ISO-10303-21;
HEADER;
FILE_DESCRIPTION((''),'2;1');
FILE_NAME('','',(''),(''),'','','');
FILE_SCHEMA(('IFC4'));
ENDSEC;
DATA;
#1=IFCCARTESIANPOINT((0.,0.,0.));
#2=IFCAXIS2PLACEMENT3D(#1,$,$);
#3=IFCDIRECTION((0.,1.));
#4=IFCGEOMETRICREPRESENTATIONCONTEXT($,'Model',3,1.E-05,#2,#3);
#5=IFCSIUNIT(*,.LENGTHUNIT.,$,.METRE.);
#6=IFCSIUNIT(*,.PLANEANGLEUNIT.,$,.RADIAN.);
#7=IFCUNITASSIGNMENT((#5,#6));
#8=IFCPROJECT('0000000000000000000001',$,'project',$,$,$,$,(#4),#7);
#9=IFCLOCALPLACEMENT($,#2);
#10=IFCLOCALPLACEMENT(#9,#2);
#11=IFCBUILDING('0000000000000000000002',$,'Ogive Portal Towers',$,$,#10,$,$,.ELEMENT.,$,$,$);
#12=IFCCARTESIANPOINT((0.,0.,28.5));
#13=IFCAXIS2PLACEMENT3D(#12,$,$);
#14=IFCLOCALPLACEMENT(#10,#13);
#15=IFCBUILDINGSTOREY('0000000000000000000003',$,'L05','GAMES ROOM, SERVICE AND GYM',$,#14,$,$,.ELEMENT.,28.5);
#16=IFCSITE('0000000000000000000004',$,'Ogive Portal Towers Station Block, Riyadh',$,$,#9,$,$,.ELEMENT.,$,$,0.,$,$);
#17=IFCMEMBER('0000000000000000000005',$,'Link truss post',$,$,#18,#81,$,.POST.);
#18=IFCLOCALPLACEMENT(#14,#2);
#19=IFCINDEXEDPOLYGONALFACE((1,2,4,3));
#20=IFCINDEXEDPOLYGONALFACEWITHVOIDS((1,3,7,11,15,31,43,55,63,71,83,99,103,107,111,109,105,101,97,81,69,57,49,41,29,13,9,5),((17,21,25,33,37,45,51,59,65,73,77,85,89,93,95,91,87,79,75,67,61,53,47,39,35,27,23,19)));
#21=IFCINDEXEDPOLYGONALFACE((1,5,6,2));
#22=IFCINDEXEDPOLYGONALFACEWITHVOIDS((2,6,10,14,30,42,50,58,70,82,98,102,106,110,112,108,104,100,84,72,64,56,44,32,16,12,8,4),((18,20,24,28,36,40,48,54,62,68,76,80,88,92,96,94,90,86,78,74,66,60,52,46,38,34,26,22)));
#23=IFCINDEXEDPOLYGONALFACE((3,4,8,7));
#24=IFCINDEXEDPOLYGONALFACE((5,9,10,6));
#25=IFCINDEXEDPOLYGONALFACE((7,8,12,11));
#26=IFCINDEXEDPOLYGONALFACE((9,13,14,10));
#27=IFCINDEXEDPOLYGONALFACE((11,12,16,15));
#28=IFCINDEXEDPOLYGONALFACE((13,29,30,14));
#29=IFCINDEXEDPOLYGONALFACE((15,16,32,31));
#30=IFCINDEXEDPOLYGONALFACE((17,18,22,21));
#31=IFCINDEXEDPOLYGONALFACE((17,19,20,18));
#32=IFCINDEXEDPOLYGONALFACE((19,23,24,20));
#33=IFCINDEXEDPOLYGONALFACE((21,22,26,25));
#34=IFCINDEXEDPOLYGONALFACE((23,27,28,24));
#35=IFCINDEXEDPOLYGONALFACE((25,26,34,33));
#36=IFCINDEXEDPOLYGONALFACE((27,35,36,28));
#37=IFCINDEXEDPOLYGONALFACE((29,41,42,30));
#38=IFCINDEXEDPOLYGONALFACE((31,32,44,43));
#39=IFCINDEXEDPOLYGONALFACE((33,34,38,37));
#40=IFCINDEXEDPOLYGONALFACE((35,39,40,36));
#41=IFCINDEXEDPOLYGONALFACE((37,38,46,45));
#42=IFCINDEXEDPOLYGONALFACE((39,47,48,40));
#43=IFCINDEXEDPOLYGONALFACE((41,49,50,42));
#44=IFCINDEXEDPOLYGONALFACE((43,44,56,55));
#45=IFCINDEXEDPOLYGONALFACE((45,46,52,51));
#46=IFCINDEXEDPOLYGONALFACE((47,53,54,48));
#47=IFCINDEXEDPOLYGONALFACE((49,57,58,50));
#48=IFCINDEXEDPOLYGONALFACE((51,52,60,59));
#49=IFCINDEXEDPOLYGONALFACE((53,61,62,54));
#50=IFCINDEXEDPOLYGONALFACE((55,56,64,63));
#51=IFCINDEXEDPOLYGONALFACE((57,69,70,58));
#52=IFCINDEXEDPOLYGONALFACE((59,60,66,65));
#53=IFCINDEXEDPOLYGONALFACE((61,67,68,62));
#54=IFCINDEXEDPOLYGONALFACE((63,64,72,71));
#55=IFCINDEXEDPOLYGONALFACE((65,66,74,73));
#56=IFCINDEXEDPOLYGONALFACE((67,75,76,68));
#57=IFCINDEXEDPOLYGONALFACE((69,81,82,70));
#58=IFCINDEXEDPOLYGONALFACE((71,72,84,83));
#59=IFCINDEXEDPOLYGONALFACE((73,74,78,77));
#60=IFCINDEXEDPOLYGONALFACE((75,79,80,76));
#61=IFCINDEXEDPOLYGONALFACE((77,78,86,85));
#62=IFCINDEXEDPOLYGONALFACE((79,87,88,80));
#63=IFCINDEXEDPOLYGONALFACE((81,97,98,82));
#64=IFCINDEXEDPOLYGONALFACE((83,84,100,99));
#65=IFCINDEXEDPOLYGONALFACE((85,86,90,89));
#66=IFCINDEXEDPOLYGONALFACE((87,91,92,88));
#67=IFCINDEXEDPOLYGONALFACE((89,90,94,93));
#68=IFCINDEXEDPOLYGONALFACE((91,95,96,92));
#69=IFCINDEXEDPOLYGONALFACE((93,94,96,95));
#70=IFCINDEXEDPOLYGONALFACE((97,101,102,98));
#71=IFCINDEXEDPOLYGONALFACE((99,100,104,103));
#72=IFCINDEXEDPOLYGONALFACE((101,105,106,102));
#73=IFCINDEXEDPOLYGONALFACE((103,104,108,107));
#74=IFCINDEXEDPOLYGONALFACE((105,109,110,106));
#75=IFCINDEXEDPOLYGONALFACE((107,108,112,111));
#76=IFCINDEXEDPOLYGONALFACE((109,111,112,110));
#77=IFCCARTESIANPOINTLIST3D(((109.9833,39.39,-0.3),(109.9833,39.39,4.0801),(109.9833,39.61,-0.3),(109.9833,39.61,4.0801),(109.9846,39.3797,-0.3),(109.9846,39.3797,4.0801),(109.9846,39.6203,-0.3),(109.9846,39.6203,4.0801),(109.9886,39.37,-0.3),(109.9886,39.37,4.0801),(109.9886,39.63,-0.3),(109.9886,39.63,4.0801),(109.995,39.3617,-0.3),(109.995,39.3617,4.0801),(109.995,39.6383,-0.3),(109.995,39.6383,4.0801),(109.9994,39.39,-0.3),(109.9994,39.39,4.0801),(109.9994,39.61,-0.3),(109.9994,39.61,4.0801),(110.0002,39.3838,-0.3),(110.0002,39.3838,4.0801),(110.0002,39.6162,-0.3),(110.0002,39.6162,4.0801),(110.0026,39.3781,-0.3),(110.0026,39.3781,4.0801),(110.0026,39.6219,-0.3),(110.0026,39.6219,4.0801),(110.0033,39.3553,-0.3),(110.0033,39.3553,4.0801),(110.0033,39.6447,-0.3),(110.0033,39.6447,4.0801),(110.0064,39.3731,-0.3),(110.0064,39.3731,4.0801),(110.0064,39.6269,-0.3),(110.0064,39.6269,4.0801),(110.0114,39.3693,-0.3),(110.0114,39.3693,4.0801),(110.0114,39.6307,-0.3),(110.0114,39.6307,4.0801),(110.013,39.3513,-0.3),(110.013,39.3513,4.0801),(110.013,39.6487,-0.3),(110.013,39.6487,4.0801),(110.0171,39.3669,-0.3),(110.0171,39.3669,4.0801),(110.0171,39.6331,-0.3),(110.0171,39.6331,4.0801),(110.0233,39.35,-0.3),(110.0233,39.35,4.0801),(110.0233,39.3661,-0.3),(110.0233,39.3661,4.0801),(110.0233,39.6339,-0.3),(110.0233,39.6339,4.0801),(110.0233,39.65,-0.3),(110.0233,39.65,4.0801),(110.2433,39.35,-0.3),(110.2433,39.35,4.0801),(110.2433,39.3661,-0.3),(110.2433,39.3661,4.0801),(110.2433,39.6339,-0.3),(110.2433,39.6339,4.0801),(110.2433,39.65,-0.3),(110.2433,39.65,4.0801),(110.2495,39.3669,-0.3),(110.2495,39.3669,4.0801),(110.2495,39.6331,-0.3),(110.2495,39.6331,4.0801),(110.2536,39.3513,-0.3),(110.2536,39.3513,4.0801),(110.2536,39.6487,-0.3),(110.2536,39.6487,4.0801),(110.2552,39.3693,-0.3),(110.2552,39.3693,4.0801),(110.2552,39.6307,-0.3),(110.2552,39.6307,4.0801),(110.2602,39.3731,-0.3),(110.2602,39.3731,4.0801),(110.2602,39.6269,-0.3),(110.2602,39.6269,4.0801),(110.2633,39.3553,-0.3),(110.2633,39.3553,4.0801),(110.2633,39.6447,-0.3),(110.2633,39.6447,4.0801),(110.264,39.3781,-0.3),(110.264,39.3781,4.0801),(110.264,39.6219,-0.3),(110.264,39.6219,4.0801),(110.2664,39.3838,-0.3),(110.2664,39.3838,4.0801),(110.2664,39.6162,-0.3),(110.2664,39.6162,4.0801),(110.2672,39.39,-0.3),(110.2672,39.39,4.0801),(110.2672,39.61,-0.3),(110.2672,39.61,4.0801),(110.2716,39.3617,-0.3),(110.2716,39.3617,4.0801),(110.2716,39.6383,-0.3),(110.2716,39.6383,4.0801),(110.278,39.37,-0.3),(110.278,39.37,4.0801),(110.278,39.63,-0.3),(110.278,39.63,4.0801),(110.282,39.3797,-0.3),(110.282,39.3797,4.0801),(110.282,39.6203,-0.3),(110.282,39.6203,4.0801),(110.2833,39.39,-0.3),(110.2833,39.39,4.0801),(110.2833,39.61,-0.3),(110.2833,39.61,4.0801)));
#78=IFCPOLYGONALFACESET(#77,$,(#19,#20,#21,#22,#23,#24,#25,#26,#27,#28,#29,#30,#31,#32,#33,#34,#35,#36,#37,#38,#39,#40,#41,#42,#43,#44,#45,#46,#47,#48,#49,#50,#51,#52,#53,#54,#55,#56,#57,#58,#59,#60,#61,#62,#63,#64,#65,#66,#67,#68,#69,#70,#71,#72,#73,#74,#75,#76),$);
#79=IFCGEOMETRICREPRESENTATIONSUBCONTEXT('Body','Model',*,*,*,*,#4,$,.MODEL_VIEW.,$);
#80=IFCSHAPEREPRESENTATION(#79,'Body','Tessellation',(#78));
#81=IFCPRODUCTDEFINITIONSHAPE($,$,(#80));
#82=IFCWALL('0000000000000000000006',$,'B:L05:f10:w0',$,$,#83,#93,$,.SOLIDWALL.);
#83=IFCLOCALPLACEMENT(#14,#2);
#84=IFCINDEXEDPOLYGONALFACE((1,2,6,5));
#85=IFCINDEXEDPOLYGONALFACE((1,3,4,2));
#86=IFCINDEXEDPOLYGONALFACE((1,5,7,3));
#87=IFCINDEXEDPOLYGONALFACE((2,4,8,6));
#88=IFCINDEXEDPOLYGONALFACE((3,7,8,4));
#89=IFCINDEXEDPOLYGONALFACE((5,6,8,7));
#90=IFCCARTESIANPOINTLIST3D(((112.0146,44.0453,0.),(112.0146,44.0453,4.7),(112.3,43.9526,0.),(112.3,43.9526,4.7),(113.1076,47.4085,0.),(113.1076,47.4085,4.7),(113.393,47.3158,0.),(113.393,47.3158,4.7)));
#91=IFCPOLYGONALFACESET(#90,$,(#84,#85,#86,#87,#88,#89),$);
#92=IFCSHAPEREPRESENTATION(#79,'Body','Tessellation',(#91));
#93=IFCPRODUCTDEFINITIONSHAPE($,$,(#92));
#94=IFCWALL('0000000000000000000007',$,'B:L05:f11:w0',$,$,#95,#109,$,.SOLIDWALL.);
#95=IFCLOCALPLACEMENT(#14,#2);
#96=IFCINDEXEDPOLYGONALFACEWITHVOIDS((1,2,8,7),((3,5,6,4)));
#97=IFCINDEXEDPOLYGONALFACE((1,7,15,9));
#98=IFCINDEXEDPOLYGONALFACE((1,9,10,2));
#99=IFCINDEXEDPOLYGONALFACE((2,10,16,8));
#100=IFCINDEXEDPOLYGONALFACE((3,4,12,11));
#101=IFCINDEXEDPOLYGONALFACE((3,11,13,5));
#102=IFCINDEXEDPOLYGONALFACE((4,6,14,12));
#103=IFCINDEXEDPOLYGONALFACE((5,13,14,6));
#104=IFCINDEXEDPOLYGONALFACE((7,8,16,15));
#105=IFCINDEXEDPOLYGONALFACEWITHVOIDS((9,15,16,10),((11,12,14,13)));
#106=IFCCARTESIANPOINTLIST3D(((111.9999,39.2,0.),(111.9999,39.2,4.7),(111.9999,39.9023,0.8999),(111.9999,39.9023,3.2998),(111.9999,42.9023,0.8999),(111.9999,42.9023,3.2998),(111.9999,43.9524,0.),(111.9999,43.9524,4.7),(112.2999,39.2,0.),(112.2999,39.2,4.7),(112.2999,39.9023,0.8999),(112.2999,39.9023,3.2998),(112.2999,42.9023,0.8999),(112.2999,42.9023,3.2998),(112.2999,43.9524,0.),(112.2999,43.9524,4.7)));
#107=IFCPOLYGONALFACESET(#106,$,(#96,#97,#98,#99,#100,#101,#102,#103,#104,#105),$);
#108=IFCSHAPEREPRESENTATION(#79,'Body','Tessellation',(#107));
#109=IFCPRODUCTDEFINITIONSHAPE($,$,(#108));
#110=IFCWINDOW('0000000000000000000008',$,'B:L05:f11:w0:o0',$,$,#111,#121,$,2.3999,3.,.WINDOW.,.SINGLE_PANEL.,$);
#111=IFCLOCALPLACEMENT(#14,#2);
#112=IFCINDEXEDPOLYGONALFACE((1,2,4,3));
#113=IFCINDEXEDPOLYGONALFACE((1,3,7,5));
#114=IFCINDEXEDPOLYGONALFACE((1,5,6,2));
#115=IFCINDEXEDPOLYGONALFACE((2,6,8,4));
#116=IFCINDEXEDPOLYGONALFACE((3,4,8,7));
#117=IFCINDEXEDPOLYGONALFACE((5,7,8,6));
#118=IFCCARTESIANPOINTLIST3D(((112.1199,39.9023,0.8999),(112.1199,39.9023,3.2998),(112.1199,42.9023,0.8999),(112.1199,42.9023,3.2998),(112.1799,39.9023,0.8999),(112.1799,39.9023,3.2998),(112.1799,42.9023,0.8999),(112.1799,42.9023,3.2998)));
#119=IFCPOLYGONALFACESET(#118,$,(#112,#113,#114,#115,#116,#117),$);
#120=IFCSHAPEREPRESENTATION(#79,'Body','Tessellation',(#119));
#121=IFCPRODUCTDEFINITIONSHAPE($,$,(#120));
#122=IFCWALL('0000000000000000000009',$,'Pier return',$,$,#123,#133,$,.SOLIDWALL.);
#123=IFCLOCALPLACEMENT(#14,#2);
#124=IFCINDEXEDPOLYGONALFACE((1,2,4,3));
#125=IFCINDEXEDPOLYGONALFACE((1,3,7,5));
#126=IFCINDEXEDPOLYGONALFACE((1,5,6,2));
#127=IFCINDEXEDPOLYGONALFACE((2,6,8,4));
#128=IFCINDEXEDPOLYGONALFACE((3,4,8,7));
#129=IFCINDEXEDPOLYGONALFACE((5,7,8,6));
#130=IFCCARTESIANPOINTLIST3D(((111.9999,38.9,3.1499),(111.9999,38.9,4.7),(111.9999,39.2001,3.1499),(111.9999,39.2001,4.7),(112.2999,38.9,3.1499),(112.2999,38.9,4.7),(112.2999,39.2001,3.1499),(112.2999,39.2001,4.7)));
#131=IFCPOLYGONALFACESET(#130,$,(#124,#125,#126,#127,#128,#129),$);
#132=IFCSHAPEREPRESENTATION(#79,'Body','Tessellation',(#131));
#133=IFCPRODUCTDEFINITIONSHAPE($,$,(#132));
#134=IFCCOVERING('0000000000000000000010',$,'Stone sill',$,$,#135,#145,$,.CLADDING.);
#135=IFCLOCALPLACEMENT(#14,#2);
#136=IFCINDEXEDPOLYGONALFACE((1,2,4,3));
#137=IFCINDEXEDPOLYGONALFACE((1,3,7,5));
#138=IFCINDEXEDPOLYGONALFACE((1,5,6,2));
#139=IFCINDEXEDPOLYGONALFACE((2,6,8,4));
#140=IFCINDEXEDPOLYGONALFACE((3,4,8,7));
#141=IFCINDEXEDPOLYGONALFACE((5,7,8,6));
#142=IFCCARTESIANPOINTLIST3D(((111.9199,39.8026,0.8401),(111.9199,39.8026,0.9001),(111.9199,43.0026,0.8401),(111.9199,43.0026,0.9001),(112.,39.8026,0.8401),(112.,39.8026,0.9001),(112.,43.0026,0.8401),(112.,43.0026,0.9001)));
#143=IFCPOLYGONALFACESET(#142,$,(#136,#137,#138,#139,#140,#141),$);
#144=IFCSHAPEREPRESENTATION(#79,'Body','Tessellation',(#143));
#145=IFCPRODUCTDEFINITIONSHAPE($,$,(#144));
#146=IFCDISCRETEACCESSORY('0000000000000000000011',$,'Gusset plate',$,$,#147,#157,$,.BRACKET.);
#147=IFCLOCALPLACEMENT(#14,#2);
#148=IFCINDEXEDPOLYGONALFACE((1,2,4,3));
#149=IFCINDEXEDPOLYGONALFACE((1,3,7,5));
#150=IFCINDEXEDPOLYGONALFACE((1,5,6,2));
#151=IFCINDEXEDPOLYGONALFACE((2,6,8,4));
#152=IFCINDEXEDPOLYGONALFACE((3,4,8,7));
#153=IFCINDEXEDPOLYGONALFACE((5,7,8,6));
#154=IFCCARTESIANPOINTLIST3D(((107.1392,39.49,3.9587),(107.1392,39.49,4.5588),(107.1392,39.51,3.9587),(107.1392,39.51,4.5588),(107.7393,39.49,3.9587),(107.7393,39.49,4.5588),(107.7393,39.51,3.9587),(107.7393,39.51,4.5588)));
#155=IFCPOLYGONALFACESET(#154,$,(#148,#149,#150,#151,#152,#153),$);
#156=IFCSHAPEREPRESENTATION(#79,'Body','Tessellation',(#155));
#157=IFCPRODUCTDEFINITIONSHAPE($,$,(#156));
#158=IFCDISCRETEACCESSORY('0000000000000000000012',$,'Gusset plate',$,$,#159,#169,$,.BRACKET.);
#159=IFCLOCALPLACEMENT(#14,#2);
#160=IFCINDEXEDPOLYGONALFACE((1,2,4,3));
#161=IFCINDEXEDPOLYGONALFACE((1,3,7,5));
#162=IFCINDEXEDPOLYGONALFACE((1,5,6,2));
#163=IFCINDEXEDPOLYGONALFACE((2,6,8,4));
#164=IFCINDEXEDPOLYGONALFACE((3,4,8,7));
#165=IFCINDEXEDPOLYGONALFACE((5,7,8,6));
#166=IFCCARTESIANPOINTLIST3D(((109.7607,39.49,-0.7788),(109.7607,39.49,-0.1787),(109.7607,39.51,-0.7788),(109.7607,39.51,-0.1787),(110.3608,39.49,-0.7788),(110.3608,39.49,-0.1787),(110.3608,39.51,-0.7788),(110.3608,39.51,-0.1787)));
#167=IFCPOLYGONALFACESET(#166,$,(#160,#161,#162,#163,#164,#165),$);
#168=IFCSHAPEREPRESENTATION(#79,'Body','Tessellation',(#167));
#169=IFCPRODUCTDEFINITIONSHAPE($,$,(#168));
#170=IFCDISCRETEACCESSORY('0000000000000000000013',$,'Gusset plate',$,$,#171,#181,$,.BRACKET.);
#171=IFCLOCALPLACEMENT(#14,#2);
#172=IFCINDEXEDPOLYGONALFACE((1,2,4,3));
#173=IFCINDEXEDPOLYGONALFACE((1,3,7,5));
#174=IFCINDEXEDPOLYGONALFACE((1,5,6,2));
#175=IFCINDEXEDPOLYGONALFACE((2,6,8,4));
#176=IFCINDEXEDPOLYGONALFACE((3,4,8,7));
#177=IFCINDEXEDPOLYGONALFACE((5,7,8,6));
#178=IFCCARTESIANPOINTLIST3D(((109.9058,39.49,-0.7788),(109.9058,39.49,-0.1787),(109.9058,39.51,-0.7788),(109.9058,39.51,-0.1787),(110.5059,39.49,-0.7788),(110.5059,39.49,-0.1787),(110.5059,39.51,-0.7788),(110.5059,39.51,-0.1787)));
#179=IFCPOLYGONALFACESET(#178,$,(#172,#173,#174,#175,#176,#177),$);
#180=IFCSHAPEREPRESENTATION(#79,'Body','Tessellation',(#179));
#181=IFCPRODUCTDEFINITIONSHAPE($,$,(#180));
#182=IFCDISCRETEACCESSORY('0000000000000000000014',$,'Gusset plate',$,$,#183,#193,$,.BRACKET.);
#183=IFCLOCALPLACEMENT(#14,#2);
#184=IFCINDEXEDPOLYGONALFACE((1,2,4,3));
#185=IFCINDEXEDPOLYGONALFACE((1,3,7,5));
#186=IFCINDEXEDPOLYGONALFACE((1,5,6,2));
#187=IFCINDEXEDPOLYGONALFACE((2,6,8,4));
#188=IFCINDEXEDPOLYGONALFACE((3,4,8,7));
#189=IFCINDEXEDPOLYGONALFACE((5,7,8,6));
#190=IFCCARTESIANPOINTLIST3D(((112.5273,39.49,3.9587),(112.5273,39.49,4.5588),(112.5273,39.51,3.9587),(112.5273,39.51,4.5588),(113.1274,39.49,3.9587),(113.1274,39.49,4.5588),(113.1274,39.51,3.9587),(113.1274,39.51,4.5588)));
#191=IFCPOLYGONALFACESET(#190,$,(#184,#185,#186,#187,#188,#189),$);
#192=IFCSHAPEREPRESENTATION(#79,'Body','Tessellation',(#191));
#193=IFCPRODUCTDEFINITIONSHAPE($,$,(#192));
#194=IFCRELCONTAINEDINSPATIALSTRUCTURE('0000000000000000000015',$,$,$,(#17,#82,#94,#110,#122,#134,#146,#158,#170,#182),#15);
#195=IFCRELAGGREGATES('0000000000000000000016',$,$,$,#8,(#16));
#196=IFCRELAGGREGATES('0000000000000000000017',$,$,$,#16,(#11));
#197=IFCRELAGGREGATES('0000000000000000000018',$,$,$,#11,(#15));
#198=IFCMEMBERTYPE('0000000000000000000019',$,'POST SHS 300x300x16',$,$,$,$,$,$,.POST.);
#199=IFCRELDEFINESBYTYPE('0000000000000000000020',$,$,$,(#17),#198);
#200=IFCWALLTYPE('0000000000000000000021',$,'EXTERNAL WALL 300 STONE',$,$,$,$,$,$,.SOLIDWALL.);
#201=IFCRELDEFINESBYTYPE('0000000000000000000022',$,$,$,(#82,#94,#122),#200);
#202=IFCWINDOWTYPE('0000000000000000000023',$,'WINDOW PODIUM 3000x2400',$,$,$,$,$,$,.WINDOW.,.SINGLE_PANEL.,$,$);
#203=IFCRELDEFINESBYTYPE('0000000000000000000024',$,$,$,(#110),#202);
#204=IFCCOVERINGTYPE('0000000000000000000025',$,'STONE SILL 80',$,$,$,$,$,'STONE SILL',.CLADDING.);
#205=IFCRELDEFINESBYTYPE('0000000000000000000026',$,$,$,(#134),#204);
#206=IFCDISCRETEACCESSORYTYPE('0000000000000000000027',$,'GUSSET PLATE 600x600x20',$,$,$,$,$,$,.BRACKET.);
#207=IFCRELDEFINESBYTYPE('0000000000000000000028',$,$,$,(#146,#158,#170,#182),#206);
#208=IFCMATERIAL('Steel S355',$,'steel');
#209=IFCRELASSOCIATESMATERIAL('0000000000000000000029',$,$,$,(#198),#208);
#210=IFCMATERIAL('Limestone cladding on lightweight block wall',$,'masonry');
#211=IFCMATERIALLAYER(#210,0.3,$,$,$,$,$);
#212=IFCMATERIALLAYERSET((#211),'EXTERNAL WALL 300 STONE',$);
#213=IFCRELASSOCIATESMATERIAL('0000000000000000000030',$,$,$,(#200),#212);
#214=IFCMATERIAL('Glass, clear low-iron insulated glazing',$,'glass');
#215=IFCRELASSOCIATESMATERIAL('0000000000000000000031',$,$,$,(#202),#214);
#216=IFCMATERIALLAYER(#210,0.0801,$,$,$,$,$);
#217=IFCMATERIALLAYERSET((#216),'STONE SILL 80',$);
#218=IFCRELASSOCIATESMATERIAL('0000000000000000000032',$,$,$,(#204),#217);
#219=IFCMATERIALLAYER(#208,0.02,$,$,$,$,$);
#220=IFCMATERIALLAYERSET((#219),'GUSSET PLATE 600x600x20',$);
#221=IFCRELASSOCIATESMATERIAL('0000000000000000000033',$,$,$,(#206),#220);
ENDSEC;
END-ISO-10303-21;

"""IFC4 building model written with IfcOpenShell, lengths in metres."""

from ifc_helpers import new_model, si_unit, direction, frame, frame_2d, origin, origin_2d, place, context, subcontext, project, spatial, rectangle, hollow_rectangle, extrude, material, layer, layer_set, material_profile, profile_set, type_object, element, fill, save


model = new_model("IFC4")

# Units and contexts
model_context = context("Model", 3, precision=1e-05, world=origin(), true_north=direction((0.0, 1.0)))
body_context = subcontext(model_context, "Body", "Model", "MODEL_VIEW")
ifc_project = project(units=[si_unit("LENGTHUNIT", "METRE"), si_unit("PLANEANGLEUNIT", "RADIAN")], contexts=[model_context])

# Site, building, storey
site_placement = place(None, origin())
site = spatial("IfcSite", under=ifc_project, at=site_placement, Name="Ogive Portal Towers Station Block, Riyadh", CompositionType="ELEMENT", RefElevation=0.0)
building_placement = place(site_placement, origin())
building = spatial("IfcBuilding", under=site, at=building_placement, Name="Ogive Portal Towers", CompositionType="ELEMENT")
storey_placement = place(building_placement, frame((0.0, 0.0, 28.5)))
storey = spatial("IfcBuildingStorey", under=building, at=storey_placement, Name="L05", Description="GAMES ROOM, SERVICE AND GYM", CompositionType="ELEMENT", Elevation=28.5)

# Shared definitions
ifc_material_1 = material(Name="Steel S355", Category="steel")

# Member
ifc_material_profile_1 = material_profile(ifc_material_1, hollow_rectangle(XDim=0.3, YDim=0.3, WallThickness=0.0161, InnerFilletRadius=0.0239, OuterFilletRadius=0.04, at=origin_2d()), Name="SHS 300x300x16")
ifc_profile_set_1 = profile_set([ifc_material_profile_1], Name="Steel S355")
member_type_1 = type_object("IfcMemberType", Name="POST SHS 300x300x16", PredefinedType="POST", material=ifc_profile_set_1)
for number, where, z_axis, x_axis, name in (
    (1, (110.1333, 39.5, -0.3), (0.0, 0.0, 1.0), (1.0, 0.0, 0.0), "Link truss post"),
):
    element("IfcMember", number, at=place(storey_placement, frame(where, z_axis=z_axis, x_axis=x_axis)), inside=storey, type_object=member_type_1, Name=name, PredefinedType="POST", context=body_context, shape_type="SweptSolid", body=[
        extrude(hollow_rectangle(XDim=0.3, YDim=0.3, WallThickness=0.0161, InnerFilletRadius=0.0239, OuterFilletRadius=0.04, at=origin_2d()), origin(), (0.0, 0.0, 1.0), 4.3801),
    ])

# Wall
ifc_material_2 = material(Name="Limestone cladding on lightweight block wall", Category="masonry")
ifc_layer_1 = layer(ifc_material_2, 0.3)
ifc_layer_set_1 = layer_set([ifc_layer_1], Name="EXTERNAL WALL 300 STONE")
wall_type = type_object("IfcWallType", Name="EXTERNAL WALL 300 STONE", PredefinedType="SOLIDWALL", material=ifc_layer_set_1)
wall_1_placement = place(storey_placement, frame((113.2502, 47.3621, 0.0), z_axis=(0.0, 0.0, 1.0), x_axis=(-0.309074, -0.951038, 0.0)))
element("IfcWall", 2, at=wall_1_placement, inside=storey, type_object=wall_type, Name="B:L05:f10:w0", PredefinedType="SOLIDWALL", context=body_context, shape_type="SweptSolid", body=[
    extrude(rectangle(XDim=3.5364, YDim=0.3, at=frame_2d((1.7681, 0.0))), origin(), (0.0, 0.0, 1.0), 4.7),
])

# Wall, opening, window
wall_2_placement = place(storey_placement, frame((112.1499, 43.9524, 0.0), z_axis=(0.0, 0.0, 1.0), x_axis=(0.0, -1.0, 0.0)))
wall_2 = element("IfcWall", 3, at=wall_2_placement, inside=storey, type_object=wall_type, Name="B:L05:f11:w0", PredefinedType="SOLIDWALL", context=body_context, shape_type="SweptSolid", body=[
    extrude(rectangle(XDim=4.7524, YDim=0.3, at=frame_2d((2.3762, 0.0))), origin(), (0.0, 0.0, 1.0), 4.7),
])
opening_placement = place(wall_2_placement, frame((1.05, 0.0, 0.8999)))
opening = element("IfcOpeningElement", 4, at=opening_placement, cuts=wall_2, PredefinedType="OPENING", context=body_context, shape_type="SweptSolid", body=[
    extrude(rectangle(XDim=3.0, YDim=2.3999, at=frame_2d((1.5, 1.2))), frame((0.0, 0.1602, 0.0), z_axis=(0.0, -1.0, 0.0), x_axis=(1.0, 0.0, 0.0)), (0.0, 0.0, 1.0), 0.3201),
])
ifc_material_3 = material(Name="Glass, clear low-iron insulated glazing", Category="glass")
window_type = type_object("IfcWindowType", Name="WINDOW PODIUM 3000x2400", PartitioningType="SINGLE_PANEL", PredefinedType="WINDOW", material=ifc_material_3)
window_placement = place(opening_placement, origin())
window = element("IfcWindow", 5, at=window_placement, inside=storey, type_object=window_type, Name="B:L05:f11:w0:o0", OverallHeight=2.3999, OverallWidth=3.0, PartitioningType="SINGLE_PANEL", PredefinedType="WINDOW", context=body_context, shape_type="SweptSolid", body=[
    extrude(rectangle(XDim=3.0, YDim=2.3999, at=frame_2d((1.5, 1.2))), frame((0.0, 0.03, 0.0), z_axis=(0.0, -1.0, 0.0), x_axis=(1.0, 0.0, 0.0)), (0.0, 0.0, 1.0), 0.0601),
])
fill(opening, window)

# Wall
wall_3_placement = place(storey_placement, frame((112.1499, 39.2, 3.1499), z_axis=(0.0, 0.0, 1.0), x_axis=(0.0, -1.0, 0.0)))
element("IfcWall", 6, at=wall_3_placement, inside=storey, type_object=wall_type, Name="Pier return", PredefinedType="SOLIDWALL", context=body_context, shape_type="SweptSolid", body=[
    extrude(rectangle(XDim=0.3, YDim=0.3, at=frame_2d((0.1499, 0.0))), origin(), (0.0, 0.0, 1.0), 1.55),
])

# Covering
ifc_layer_2 = layer(ifc_material_2, 0.0801)
ifc_layer_set_2 = layer_set([ifc_layer_2], Name="STONE SILL 80")
covering_type = type_object("IfcCoveringType", Name="STONE SILL 80", ElementType="STONE SILL", PredefinedType="CLADDING", material=ifc_layer_set_2)
covering_placement = place(storey_placement, frame((111.96, 41.4026, 0.8401), z_axis=(0.0, 0.0, 1.0), x_axis=(0.0, -1.0, 0.0)))
element("IfcCovering", 7, at=covering_placement, inside=storey, type_object=covering_type, Name="Stone sill", PredefinedType="CLADDING", context=body_context, shape_type="SweptSolid", body=[
    extrude(rectangle(XDim=3.2, YDim=0.0801, at=origin_2d()), origin(), (0.0, 0.0, 1.0), 0.0601),
])

# Discrete accessories
ifc_layer_3 = layer(ifc_material_1, 0.02)
ifc_layer_set_3 = layer_set([ifc_layer_3], Name="GUSSET PLATE 600x600x20")
discrete_accessory_type = type_object("IfcDiscreteAccessoryType", Name="GUSSET PLATE 600x600x20", PredefinedType="BRACKET", material=ifc_layer_set_3)
for number, where, z_axis, x_axis, name in (
    (8, (107.4392, 39.5, 3.9587), (0.0, 0.0, 1.0), (1.0, 0.0, 0.0), "Gusset plate"),
    (9, (110.0608, 39.5, -0.7788), (0.0, 0.0, 1.0), (1.0, 0.0, 0.0), "Gusset plate"),
    (10, (110.2058, 39.5, -0.7788), (0.0, 0.0, 1.0), (1.0, 0.0, 0.0), "Gusset plate"),
    (11, (112.8274, 39.5, 3.9587), (0.0, 0.0, 1.0), (1.0, 0.0, 0.0), "Gusset plate"),
):
    element("IfcDiscreteAccessory", number, at=place(storey_placement, frame(where, z_axis=z_axis, x_axis=x_axis)), inside=storey, type_object=discrete_accessory_type, Name=name, PredefinedType="BRACKET", context=body_context, shape_type="SweptSolid", body=[
        extrude(rectangle(XDim=0.6001, YDim=0.02, at=origin_2d()), origin(), (0.0, 0.0, 1.0), 0.6001),
    ])

save(model, "model.ifc")
